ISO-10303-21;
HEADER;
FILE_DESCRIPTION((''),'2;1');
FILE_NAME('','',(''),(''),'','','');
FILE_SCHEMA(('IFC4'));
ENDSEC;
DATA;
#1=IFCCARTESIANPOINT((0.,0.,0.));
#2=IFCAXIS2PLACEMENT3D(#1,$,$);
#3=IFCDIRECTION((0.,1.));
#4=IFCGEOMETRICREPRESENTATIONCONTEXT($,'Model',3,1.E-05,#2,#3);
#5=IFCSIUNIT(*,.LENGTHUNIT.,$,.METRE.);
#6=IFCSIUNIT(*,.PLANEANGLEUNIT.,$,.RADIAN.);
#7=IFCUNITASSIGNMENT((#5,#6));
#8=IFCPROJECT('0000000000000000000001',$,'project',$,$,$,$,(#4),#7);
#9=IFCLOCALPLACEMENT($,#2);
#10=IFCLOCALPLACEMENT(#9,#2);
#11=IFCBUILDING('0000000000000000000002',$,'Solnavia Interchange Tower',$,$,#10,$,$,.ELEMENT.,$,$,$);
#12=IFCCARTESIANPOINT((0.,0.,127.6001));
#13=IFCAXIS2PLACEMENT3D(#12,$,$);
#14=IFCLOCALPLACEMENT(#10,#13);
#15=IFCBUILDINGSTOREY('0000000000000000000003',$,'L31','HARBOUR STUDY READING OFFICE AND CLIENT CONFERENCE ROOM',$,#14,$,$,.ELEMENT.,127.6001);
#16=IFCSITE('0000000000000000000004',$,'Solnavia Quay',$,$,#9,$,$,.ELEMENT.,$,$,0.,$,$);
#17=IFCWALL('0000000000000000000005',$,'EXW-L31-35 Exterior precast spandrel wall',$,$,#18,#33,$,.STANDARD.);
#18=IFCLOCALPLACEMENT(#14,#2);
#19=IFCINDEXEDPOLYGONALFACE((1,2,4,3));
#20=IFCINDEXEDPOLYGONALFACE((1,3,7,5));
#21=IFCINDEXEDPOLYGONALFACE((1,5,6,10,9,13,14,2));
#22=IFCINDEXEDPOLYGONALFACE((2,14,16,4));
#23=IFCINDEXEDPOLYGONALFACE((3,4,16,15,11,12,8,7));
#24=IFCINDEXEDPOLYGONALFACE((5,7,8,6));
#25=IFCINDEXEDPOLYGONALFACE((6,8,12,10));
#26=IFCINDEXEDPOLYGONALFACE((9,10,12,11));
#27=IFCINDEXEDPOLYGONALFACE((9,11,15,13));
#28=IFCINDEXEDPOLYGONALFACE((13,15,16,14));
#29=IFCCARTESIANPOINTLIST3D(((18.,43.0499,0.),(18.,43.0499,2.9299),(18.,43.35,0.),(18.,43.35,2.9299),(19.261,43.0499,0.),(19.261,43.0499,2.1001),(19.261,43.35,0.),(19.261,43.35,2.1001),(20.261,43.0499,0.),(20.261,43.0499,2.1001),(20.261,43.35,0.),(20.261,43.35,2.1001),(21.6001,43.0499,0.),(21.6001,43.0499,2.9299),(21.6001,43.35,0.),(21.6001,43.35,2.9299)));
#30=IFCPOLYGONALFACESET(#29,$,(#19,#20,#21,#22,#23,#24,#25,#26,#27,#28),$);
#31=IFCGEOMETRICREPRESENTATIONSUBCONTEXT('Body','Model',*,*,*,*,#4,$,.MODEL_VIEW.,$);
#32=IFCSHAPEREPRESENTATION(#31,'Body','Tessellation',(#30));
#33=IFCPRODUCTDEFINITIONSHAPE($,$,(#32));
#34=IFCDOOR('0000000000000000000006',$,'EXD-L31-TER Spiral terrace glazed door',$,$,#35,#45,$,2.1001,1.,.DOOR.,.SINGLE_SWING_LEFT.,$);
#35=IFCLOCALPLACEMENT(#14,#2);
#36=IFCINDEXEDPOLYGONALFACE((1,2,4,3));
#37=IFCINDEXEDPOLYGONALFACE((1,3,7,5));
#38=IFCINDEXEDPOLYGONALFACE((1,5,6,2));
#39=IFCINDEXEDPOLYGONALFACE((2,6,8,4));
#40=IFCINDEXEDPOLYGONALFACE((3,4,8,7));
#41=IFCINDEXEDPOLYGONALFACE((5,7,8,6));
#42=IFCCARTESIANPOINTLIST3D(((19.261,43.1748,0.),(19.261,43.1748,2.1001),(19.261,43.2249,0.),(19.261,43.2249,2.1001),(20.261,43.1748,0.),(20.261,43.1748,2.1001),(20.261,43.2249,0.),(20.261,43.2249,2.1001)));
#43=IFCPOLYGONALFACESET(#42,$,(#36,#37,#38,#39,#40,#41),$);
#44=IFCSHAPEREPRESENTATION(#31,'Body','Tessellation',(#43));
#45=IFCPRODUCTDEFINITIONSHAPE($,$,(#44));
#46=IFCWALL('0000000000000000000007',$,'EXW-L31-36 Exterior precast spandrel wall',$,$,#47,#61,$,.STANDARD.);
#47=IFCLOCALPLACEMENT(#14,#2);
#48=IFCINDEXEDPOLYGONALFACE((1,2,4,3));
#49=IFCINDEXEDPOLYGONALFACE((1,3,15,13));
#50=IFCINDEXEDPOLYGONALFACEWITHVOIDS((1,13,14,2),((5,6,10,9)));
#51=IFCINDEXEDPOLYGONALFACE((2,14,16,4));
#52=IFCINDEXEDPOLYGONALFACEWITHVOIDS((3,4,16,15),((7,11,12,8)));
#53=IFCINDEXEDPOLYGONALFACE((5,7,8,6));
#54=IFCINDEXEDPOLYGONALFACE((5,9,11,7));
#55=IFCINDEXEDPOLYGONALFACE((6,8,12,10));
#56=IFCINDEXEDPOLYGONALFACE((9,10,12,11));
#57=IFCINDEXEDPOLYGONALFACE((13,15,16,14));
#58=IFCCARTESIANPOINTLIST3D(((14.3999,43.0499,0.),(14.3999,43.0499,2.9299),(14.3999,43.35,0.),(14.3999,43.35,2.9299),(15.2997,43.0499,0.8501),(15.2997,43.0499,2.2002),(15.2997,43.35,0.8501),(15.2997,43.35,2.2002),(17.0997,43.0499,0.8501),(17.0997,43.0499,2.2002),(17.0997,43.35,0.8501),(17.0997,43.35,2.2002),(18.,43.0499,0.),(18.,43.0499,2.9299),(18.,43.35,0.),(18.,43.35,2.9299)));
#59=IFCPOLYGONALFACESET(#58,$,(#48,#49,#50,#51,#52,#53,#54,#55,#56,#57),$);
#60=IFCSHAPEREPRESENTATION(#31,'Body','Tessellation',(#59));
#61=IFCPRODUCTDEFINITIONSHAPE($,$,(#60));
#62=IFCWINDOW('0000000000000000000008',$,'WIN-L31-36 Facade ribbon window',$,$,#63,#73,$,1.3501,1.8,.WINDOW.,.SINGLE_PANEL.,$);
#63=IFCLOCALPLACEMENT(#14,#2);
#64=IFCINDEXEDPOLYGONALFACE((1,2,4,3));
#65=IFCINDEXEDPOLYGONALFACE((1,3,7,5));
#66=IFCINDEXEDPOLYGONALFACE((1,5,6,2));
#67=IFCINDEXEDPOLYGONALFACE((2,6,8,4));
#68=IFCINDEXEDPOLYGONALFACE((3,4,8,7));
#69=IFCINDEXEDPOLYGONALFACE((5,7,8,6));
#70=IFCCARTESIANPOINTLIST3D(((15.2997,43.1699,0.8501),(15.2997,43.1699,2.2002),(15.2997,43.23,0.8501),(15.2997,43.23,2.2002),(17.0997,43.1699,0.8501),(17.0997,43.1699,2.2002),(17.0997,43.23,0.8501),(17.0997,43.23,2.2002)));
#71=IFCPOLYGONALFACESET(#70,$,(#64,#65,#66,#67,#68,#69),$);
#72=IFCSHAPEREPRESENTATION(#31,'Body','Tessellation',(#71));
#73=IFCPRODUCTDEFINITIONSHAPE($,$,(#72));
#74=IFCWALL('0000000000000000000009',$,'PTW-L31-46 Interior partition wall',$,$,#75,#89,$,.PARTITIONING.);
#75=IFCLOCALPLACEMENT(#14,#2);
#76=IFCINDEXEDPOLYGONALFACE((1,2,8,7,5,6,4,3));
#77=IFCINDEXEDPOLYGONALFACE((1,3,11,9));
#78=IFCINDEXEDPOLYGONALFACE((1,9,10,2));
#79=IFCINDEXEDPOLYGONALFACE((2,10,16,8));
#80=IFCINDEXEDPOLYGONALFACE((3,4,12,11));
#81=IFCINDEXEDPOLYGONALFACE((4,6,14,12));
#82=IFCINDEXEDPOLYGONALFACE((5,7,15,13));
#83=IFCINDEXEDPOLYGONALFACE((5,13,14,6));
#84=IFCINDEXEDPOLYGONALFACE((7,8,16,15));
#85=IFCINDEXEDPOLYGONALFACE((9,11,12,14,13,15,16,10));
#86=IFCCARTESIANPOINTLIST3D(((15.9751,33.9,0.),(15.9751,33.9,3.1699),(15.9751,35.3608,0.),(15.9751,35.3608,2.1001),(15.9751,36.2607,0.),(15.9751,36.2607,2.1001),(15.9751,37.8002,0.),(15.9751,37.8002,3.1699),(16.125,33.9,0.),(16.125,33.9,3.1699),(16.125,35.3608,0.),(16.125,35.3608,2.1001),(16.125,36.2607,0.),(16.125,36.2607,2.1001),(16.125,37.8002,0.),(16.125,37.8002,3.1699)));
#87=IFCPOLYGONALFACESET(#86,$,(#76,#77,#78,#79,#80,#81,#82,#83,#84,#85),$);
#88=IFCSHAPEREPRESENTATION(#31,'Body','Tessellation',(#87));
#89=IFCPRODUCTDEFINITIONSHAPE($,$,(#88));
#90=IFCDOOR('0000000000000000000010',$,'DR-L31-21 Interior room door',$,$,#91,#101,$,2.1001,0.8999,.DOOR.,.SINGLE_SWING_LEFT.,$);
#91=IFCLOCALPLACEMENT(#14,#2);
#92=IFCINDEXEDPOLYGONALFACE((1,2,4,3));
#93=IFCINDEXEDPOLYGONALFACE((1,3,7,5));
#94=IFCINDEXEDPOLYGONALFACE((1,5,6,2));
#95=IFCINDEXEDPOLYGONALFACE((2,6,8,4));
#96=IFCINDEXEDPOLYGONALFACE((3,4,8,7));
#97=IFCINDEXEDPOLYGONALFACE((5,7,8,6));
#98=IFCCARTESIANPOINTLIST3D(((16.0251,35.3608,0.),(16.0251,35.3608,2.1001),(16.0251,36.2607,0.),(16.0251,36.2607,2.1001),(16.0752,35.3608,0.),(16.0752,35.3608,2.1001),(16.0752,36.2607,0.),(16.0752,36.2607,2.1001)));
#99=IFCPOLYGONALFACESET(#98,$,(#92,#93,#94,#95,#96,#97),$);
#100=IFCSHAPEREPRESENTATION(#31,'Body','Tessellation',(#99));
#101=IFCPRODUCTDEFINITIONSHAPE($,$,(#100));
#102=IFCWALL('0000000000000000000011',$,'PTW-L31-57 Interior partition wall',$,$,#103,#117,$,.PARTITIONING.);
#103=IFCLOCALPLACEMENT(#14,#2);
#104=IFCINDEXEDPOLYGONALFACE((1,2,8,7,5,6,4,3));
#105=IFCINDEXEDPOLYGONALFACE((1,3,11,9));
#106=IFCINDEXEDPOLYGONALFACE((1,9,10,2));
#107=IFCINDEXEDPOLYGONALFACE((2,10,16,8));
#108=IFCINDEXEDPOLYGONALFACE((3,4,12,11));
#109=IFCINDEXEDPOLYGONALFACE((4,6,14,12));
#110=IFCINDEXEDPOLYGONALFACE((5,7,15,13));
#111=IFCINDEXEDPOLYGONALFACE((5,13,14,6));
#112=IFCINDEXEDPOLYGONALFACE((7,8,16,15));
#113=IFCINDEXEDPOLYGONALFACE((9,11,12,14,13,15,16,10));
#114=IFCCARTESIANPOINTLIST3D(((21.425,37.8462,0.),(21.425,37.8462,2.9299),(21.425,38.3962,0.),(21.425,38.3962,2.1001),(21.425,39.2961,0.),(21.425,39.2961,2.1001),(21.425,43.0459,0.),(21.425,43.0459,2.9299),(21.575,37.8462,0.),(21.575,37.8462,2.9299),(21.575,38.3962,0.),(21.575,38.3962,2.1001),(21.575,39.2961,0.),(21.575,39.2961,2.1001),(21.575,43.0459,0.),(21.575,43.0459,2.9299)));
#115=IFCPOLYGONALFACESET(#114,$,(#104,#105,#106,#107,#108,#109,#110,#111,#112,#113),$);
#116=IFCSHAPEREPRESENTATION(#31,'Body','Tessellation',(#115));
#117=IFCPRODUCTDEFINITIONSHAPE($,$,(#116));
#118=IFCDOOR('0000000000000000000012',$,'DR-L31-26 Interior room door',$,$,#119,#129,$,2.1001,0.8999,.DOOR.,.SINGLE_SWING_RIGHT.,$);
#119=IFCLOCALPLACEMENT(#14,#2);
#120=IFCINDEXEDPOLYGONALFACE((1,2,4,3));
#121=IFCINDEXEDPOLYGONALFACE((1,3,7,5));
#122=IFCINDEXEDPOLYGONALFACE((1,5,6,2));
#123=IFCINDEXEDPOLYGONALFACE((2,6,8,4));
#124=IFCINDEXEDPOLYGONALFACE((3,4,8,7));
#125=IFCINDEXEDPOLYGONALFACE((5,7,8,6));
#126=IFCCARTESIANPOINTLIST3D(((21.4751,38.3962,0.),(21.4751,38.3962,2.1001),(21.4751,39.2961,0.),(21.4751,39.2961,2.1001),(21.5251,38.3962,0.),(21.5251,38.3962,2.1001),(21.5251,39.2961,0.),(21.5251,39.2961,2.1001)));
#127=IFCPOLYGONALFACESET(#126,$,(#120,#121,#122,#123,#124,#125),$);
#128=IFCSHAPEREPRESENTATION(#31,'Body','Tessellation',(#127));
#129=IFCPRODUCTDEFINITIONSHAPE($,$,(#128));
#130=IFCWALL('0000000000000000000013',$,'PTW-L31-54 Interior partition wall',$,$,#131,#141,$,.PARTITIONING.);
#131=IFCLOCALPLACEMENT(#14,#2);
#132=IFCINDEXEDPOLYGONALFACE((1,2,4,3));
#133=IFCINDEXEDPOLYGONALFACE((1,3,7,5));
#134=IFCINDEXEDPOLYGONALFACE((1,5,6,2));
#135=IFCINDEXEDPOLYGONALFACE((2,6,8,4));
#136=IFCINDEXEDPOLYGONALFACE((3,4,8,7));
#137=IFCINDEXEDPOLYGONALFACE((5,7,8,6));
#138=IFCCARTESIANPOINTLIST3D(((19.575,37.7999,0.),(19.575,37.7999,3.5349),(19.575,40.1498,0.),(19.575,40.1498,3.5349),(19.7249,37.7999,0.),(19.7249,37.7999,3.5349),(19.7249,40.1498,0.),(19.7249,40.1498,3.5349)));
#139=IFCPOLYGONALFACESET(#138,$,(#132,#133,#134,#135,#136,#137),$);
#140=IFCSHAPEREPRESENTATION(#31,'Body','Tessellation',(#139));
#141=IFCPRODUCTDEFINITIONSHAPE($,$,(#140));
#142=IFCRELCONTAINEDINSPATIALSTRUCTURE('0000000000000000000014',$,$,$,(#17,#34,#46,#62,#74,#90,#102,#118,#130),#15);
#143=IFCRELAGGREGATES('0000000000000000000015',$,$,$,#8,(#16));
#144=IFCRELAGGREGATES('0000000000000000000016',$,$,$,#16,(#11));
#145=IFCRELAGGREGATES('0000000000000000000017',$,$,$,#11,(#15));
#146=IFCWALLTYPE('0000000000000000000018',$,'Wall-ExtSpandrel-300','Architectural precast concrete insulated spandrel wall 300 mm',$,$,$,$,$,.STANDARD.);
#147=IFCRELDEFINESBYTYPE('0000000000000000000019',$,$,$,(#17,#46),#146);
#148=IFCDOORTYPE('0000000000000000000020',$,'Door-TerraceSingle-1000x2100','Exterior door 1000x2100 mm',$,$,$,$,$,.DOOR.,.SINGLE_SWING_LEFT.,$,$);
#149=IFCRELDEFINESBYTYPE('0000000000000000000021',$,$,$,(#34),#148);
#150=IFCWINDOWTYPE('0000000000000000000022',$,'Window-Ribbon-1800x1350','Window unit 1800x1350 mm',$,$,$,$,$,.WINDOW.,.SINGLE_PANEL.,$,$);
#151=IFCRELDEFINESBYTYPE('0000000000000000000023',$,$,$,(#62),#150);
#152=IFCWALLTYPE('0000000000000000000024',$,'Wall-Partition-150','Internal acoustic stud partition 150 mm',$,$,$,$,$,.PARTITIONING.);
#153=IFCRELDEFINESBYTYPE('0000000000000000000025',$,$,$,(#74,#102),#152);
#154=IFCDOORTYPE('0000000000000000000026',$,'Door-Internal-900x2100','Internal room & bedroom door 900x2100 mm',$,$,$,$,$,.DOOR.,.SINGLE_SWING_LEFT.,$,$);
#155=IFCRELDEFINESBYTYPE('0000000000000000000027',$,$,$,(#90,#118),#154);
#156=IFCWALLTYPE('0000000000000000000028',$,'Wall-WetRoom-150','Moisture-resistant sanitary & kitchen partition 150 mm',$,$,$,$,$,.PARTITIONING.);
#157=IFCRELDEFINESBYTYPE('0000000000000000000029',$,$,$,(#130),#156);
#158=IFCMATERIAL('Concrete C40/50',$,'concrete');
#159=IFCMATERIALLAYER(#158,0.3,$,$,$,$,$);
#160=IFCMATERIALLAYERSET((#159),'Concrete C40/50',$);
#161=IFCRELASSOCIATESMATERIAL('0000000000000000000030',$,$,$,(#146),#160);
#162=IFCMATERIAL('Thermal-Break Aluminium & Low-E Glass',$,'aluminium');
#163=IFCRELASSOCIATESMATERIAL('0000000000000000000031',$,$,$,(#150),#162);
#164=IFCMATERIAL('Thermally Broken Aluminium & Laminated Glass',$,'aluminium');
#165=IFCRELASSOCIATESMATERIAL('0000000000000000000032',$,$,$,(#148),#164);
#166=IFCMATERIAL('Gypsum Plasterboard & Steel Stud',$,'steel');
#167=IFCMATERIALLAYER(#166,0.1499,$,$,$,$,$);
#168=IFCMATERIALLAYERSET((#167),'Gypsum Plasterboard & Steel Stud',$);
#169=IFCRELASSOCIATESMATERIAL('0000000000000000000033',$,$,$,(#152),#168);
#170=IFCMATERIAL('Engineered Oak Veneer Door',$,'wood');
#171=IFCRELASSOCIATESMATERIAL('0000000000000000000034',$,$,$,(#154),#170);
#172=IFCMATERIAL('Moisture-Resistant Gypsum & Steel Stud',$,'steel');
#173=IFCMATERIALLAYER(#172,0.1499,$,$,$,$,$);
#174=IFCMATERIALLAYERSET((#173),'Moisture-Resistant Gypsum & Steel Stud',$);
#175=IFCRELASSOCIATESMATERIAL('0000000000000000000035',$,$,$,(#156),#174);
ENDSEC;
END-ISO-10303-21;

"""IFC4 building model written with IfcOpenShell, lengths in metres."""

from ifc_helpers import new_model, si_unit, direction, frame, frame_2d, origin, place, context, subcontext, project, spatial, rectangle, extrude, material, layer, layer_set, type_object, element, fill, save


model = new_model("IFC4")

# Units and contexts
model_context = context("Model", 3, precision=1e-05, world=origin(), true_north=direction((0.0, 1.0)))
body_context = subcontext(model_context, "Body", "Model", "MODEL_VIEW")
ifc_project = project(units=[si_unit("LENGTHUNIT", "METRE"), si_unit("PLANEANGLEUNIT", "RADIAN")], contexts=[model_context])

# Site, building, storey
site_placement = place(None, origin())
site = spatial("IfcSite", under=ifc_project, at=site_placement, Name="Solnavia Quay", CompositionType="ELEMENT", RefElevation=0.0)
building_placement = place(site_placement, origin())
building = spatial("IfcBuilding", under=site, at=building_placement, Name="Solnavia Interchange Tower", CompositionType="ELEMENT")
storey_placement = place(building_placement, frame((0.0, 0.0, 127.6001)))
storey = spatial("IfcBuildingStorey", under=building, at=storey_placement, Name="L31", Description="HARBOUR STUDY READING OFFICE AND CLIENT CONFERENCE ROOM", CompositionType="ELEMENT", Elevation=127.6001)

# Shared definitions
ifc_material_1 = material(Name="Concrete C40/50", Category="concrete")
ifc_layer_1 = layer(ifc_material_1, 0.3)
ifc_layer_set_1 = layer_set([ifc_layer_1], Name="Concrete C40/50")
wall_type_1 = type_object("IfcWallType", Name="Wall-ExtSpandrel-300", Description="Architectural precast concrete insulated spandrel wall 300 mm", PredefinedType="STANDARD", material=ifc_layer_set_1)
ifc_material_2 = material(Name="Thermal-Break Aluminium & Low-E Glass", Category="aluminium")
window_type = type_object("IfcWindowType", Name="Window-Ribbon-1800x1350", Description="Window unit 1800x1350 mm", PartitioningType="SINGLE_PANEL", PredefinedType="WINDOW", material=ifc_material_2)

# Wall, opening, door
wall_1_placement = place(storey_placement, frame((18.0, 43.2, 0.0), z_axis=(0.0, 0.0, 1.0), x_axis=(1.0, 0.0, 0.0)))
wall_1 = element("IfcWall", 1, at=wall_1_placement, inside=storey, type_object=wall_type_1, Name="EXW-L31-35 Exterior precast spandrel wall", PredefinedType="STANDARD", context=body_context, shape_type="SweptSolid", body=[
    extrude(rectangle(XDim=3.6001, YDim=0.3, at=frame_2d((1.8, 0.0))), origin(), (0.0, 0.0, 1.0), 2.9299),
])
opening_1_placement = place(wall_1_placement, frame((1.261, 0.0, 0.0)))
opening_1 = element("IfcOpeningElement", 2, at=opening_1_placement, cuts=wall_1, PredefinedType="OPENING", context=body_context, shape_type="SweptSolid", body=[
    extrude(rectangle(XDim=1.0, YDim=2.1001, at=frame_2d((0.5, 1.05))), frame((0.0, 0.1602, 0.0), z_axis=(0.0, -1.0, 0.0), x_axis=(1.0, 0.0, 0.0)), (0.0, 0.0, 1.0), 0.3201),
])
ifc_material_3 = material(Name="Thermally Broken Aluminium & Laminated Glass", Category="aluminium")
door_type_1 = type_object("IfcDoorType", Name="Door-TerraceSingle-1000x2100", Description="Exterior door 1000x2100 mm", OperationType="SINGLE_SWING_LEFT", PredefinedType="DOOR", material=ifc_material_3)
door_1_placement = place(opening_1_placement, origin())
door_1 = element("IfcDoor", 3, at=door_1_placement, inside=storey, type_object=door_type_1, Name="EXD-L31-TER Spiral terrace glazed door", OperationType="SINGLE_SWING_LEFT", OverallHeight=2.1001, OverallWidth=1.0, PredefinedType="DOOR", context=body_context, shape_type="SweptSolid", body=[
    extrude(rectangle(XDim=1.0, YDim=2.1001, at=frame_2d((0.5, 1.05))), frame((0.0, 0.0249, 0.0), z_axis=(0.0, -1.0, 0.0), x_axis=(1.0, 0.0, 0.0)), (0.0, 0.0, 1.0), 0.05),
])
fill(opening_1, door_1)

# Wall, opening, window
wall_2_placement = place(storey_placement, frame((14.3999, 43.2, 0.0), z_axis=(0.0, 0.0, 1.0), x_axis=(1.0, 0.0, 0.0)))
wall_2 = element("IfcWall", 4, at=wall_2_placement, inside=storey, type_object=wall_type_1, Name="EXW-L31-36 Exterior precast spandrel wall", PredefinedType="STANDARD", context=body_context, shape_type="SweptSolid", body=[
    extrude(rectangle(XDim=3.6001, YDim=0.3, at=frame_2d((1.8, 0.0))), origin(), (0.0, 0.0, 1.0), 2.9299),
])
opening_2_placement = place(wall_2_placement, frame((0.8999, 0.0, 0.8501)))
opening_2 = element("IfcOpeningElement", 5, at=opening_2_placement, cuts=wall_2, PredefinedType="OPENING", context=body_context, shape_type="SweptSolid", body=[
    extrude(rectangle(XDim=1.8, YDim=1.3501, at=frame_2d((0.8999, 0.675))), frame((0.0, 0.1602, 0.0), z_axis=(0.0, -1.0, 0.0), x_axis=(1.0, 0.0, 0.0)), (0.0, 0.0, 1.0), 0.3201),
])
window_1_placement = place(opening_2_placement, origin())
window_1 = element("IfcWindow", 6, at=window_1_placement, inside=storey, type_object=window_type, Name="WIN-L31-36 Facade ribbon window", OverallHeight=1.3501, OverallWidth=1.8, PartitioningType="SINGLE_PANEL", PredefinedType="WINDOW", context=body_context, shape_type="SweptSolid", body=[
    extrude(rectangle(XDim=1.8, YDim=1.3501, at=frame_2d((0.8999, 0.675))), frame((0.0, 0.03, 0.0), z_axis=(0.0, -1.0, 0.0), x_axis=(1.0, 0.0, 0.0)), (0.0, 0.0, 1.0), 0.0601),
])
fill(opening_2, window_1)

# Walls, openings, doors
ifc_material_4 = material(Name="Gypsum Plasterboard & Steel Stud", Category="steel")
ifc_layer_2 = layer(ifc_material_4, 0.1499)
ifc_layer_set_2 = layer_set([ifc_layer_2], Name="Gypsum Plasterboard & Steel Stud")
wall_type_2 = type_object("IfcWallType", Name="Wall-Partition-150", Description="Internal acoustic stud partition 150 mm", PredefinedType="PARTITIONING", material=ifc_layer_set_2)
wall_3_placement = place(storey_placement, frame((16.05, 33.8999, 0.0), z_axis=(0.0, 0.0, 1.0), x_axis=(0.0, 1.0, 0.0)))
wall_3 = element("IfcWall", 7, at=wall_3_placement, inside=storey, type_object=wall_type_2, Name="PTW-L31-46 Interior partition wall", PredefinedType="PARTITIONING", context=body_context, shape_type="SweptSolid", body=[
    extrude(rectangle(XDim=3.9001, YDim=0.1499, at=frame_2d((1.9502, 0.0))), origin(), (0.0, 0.0, 1.0), 3.1699),
])
opening_3_placement = place(wall_3_placement, frame((1.4609, 0.0, 0.0)))
opening_3 = element("IfcOpeningElement", 8, at=opening_3_placement, cuts=wall_3, PredefinedType="OPENING", context=body_context, shape_type="SweptSolid", body=[
    extrude(rectangle(XDim=0.8999, YDim=2.1001, at=frame_2d((0.45, 1.05))), frame((0.0, 0.085, 0.0), z_axis=(0.0, -1.0, 0.0), x_axis=(1.0, 0.0, 0.0)), (0.0, 0.0, 1.0), 0.1699),
])
ifc_material_5 = material(Name="Engineered Oak Veneer Door", Category="wood")
door_type_2 = type_object("IfcDoorType", Name="Door-Internal-900x2100", Description="Internal room & bedroom door 900x2100 mm", OperationType="SINGLE_SWING_LEFT", PredefinedType="DOOR", material=ifc_material_5)
door_2_placement = place(opening_3_placement, origin())
door_2 = element("IfcDoor", 9, at=door_2_placement, inside=storey, type_object=door_type_2, Name="DR-L31-21 Interior room door", OperationType="SINGLE_SWING_LEFT", OverallHeight=2.1001, OverallWidth=0.8999, PredefinedType="DOOR", context=body_context, shape_type="SweptSolid", body=[
    extrude(rectangle(XDim=0.8999, YDim=2.1001, at=frame_2d((0.45, 1.05))), frame((0.0, 0.0249, 0.0), z_axis=(0.0, -1.0, 0.0), x_axis=(1.0, 0.0, 0.0)), (0.0, 0.0, 1.0), 0.05),
])
fill(opening_3, door_2)
wall_4_placement = place(storey_placement, frame((21.5, 37.8462, 0.0), z_axis=(0.0, 0.0, 1.0), x_axis=(0.0, 1.0, 0.0)))
wall_4 = element("IfcWall", 10, at=wall_4_placement, inside=storey, type_object=wall_type_2, Name="PTW-L31-57 Interior partition wall", PredefinedType="PARTITIONING", context=body_context, shape_type="SweptSolid", body=[
    extrude(rectangle(XDim=5.1997, YDim=0.1499, at=frame_2d((2.5999, 0.0))), origin(), (0.0, 0.0, 1.0), 2.9299),
])
opening_4_placement = place(wall_4_placement, frame((0.55, 0.0, 0.0)))
opening_4 = element("IfcOpeningElement", 11, at=opening_4_placement, cuts=wall_4, PredefinedType="OPENING", context=body_context, shape_type="SweptSolid", body=[
    extrude(rectangle(XDim=0.8999, YDim=2.1001, at=frame_2d((0.45, 1.05))), frame((0.0, 0.085, 0.0), z_axis=(0.0, -1.0, 0.0), x_axis=(1.0, 0.0, 0.0)), (0.0, 0.0, 1.0), 0.1699),
])
door_3_placement = place(opening_4_placement, origin())
door_3 = element("IfcDoor", 12, at=door_3_placement, inside=storey, type_object=door_type_2, Name="DR-L31-26 Interior room door", OperationType="SINGLE_SWING_RIGHT", OverallHeight=2.1001, OverallWidth=0.8999, PredefinedType="DOOR", context=body_context, shape_type="SweptSolid", body=[
    extrude(rectangle(XDim=0.8999, YDim=2.1001, at=frame_2d((0.45, 1.05))), frame((0.0, 0.0249, 0.0), z_axis=(0.0, -1.0, 0.0), x_axis=(1.0, 0.0, 0.0)), (0.0, 0.0, 1.0), 0.05),
])
fill(opening_4, door_3)

# Wall
ifc_material_6 = material(Name="Moisture-Resistant Gypsum & Steel Stud", Category="steel")
ifc_layer_3 = layer(ifc_material_6, 0.1499)
ifc_layer_set_3 = layer_set([ifc_layer_3], Name="Moisture-Resistant Gypsum & Steel Stud")
wall_type_3 = type_object("IfcWallType", Name="Wall-WetRoom-150", Description="Moisture-resistant sanitary & kitchen partition 150 mm", PredefinedType="PARTITIONING", material=ifc_layer_set_3)
wall_5_placement = place(storey_placement, frame((19.6499, 37.8, 0.0), z_axis=(0.0, 0.0, 1.0), x_axis=(0.0, 1.0, 0.0)))
element("IfcWall", 13, at=wall_5_placement, inside=storey, type_object=wall_type_3, Name="PTW-L31-54 Interior partition wall", PredefinedType="PARTITIONING", context=body_context, shape_type="SweptSolid", body=[
    extrude(rectangle(XDim=2.3499, YDim=0.1499, at=frame_2d((1.1748, 0.0))), origin(), (0.0, 0.0, 1.0), 3.5349),
])

save(model, "model.ifc")
